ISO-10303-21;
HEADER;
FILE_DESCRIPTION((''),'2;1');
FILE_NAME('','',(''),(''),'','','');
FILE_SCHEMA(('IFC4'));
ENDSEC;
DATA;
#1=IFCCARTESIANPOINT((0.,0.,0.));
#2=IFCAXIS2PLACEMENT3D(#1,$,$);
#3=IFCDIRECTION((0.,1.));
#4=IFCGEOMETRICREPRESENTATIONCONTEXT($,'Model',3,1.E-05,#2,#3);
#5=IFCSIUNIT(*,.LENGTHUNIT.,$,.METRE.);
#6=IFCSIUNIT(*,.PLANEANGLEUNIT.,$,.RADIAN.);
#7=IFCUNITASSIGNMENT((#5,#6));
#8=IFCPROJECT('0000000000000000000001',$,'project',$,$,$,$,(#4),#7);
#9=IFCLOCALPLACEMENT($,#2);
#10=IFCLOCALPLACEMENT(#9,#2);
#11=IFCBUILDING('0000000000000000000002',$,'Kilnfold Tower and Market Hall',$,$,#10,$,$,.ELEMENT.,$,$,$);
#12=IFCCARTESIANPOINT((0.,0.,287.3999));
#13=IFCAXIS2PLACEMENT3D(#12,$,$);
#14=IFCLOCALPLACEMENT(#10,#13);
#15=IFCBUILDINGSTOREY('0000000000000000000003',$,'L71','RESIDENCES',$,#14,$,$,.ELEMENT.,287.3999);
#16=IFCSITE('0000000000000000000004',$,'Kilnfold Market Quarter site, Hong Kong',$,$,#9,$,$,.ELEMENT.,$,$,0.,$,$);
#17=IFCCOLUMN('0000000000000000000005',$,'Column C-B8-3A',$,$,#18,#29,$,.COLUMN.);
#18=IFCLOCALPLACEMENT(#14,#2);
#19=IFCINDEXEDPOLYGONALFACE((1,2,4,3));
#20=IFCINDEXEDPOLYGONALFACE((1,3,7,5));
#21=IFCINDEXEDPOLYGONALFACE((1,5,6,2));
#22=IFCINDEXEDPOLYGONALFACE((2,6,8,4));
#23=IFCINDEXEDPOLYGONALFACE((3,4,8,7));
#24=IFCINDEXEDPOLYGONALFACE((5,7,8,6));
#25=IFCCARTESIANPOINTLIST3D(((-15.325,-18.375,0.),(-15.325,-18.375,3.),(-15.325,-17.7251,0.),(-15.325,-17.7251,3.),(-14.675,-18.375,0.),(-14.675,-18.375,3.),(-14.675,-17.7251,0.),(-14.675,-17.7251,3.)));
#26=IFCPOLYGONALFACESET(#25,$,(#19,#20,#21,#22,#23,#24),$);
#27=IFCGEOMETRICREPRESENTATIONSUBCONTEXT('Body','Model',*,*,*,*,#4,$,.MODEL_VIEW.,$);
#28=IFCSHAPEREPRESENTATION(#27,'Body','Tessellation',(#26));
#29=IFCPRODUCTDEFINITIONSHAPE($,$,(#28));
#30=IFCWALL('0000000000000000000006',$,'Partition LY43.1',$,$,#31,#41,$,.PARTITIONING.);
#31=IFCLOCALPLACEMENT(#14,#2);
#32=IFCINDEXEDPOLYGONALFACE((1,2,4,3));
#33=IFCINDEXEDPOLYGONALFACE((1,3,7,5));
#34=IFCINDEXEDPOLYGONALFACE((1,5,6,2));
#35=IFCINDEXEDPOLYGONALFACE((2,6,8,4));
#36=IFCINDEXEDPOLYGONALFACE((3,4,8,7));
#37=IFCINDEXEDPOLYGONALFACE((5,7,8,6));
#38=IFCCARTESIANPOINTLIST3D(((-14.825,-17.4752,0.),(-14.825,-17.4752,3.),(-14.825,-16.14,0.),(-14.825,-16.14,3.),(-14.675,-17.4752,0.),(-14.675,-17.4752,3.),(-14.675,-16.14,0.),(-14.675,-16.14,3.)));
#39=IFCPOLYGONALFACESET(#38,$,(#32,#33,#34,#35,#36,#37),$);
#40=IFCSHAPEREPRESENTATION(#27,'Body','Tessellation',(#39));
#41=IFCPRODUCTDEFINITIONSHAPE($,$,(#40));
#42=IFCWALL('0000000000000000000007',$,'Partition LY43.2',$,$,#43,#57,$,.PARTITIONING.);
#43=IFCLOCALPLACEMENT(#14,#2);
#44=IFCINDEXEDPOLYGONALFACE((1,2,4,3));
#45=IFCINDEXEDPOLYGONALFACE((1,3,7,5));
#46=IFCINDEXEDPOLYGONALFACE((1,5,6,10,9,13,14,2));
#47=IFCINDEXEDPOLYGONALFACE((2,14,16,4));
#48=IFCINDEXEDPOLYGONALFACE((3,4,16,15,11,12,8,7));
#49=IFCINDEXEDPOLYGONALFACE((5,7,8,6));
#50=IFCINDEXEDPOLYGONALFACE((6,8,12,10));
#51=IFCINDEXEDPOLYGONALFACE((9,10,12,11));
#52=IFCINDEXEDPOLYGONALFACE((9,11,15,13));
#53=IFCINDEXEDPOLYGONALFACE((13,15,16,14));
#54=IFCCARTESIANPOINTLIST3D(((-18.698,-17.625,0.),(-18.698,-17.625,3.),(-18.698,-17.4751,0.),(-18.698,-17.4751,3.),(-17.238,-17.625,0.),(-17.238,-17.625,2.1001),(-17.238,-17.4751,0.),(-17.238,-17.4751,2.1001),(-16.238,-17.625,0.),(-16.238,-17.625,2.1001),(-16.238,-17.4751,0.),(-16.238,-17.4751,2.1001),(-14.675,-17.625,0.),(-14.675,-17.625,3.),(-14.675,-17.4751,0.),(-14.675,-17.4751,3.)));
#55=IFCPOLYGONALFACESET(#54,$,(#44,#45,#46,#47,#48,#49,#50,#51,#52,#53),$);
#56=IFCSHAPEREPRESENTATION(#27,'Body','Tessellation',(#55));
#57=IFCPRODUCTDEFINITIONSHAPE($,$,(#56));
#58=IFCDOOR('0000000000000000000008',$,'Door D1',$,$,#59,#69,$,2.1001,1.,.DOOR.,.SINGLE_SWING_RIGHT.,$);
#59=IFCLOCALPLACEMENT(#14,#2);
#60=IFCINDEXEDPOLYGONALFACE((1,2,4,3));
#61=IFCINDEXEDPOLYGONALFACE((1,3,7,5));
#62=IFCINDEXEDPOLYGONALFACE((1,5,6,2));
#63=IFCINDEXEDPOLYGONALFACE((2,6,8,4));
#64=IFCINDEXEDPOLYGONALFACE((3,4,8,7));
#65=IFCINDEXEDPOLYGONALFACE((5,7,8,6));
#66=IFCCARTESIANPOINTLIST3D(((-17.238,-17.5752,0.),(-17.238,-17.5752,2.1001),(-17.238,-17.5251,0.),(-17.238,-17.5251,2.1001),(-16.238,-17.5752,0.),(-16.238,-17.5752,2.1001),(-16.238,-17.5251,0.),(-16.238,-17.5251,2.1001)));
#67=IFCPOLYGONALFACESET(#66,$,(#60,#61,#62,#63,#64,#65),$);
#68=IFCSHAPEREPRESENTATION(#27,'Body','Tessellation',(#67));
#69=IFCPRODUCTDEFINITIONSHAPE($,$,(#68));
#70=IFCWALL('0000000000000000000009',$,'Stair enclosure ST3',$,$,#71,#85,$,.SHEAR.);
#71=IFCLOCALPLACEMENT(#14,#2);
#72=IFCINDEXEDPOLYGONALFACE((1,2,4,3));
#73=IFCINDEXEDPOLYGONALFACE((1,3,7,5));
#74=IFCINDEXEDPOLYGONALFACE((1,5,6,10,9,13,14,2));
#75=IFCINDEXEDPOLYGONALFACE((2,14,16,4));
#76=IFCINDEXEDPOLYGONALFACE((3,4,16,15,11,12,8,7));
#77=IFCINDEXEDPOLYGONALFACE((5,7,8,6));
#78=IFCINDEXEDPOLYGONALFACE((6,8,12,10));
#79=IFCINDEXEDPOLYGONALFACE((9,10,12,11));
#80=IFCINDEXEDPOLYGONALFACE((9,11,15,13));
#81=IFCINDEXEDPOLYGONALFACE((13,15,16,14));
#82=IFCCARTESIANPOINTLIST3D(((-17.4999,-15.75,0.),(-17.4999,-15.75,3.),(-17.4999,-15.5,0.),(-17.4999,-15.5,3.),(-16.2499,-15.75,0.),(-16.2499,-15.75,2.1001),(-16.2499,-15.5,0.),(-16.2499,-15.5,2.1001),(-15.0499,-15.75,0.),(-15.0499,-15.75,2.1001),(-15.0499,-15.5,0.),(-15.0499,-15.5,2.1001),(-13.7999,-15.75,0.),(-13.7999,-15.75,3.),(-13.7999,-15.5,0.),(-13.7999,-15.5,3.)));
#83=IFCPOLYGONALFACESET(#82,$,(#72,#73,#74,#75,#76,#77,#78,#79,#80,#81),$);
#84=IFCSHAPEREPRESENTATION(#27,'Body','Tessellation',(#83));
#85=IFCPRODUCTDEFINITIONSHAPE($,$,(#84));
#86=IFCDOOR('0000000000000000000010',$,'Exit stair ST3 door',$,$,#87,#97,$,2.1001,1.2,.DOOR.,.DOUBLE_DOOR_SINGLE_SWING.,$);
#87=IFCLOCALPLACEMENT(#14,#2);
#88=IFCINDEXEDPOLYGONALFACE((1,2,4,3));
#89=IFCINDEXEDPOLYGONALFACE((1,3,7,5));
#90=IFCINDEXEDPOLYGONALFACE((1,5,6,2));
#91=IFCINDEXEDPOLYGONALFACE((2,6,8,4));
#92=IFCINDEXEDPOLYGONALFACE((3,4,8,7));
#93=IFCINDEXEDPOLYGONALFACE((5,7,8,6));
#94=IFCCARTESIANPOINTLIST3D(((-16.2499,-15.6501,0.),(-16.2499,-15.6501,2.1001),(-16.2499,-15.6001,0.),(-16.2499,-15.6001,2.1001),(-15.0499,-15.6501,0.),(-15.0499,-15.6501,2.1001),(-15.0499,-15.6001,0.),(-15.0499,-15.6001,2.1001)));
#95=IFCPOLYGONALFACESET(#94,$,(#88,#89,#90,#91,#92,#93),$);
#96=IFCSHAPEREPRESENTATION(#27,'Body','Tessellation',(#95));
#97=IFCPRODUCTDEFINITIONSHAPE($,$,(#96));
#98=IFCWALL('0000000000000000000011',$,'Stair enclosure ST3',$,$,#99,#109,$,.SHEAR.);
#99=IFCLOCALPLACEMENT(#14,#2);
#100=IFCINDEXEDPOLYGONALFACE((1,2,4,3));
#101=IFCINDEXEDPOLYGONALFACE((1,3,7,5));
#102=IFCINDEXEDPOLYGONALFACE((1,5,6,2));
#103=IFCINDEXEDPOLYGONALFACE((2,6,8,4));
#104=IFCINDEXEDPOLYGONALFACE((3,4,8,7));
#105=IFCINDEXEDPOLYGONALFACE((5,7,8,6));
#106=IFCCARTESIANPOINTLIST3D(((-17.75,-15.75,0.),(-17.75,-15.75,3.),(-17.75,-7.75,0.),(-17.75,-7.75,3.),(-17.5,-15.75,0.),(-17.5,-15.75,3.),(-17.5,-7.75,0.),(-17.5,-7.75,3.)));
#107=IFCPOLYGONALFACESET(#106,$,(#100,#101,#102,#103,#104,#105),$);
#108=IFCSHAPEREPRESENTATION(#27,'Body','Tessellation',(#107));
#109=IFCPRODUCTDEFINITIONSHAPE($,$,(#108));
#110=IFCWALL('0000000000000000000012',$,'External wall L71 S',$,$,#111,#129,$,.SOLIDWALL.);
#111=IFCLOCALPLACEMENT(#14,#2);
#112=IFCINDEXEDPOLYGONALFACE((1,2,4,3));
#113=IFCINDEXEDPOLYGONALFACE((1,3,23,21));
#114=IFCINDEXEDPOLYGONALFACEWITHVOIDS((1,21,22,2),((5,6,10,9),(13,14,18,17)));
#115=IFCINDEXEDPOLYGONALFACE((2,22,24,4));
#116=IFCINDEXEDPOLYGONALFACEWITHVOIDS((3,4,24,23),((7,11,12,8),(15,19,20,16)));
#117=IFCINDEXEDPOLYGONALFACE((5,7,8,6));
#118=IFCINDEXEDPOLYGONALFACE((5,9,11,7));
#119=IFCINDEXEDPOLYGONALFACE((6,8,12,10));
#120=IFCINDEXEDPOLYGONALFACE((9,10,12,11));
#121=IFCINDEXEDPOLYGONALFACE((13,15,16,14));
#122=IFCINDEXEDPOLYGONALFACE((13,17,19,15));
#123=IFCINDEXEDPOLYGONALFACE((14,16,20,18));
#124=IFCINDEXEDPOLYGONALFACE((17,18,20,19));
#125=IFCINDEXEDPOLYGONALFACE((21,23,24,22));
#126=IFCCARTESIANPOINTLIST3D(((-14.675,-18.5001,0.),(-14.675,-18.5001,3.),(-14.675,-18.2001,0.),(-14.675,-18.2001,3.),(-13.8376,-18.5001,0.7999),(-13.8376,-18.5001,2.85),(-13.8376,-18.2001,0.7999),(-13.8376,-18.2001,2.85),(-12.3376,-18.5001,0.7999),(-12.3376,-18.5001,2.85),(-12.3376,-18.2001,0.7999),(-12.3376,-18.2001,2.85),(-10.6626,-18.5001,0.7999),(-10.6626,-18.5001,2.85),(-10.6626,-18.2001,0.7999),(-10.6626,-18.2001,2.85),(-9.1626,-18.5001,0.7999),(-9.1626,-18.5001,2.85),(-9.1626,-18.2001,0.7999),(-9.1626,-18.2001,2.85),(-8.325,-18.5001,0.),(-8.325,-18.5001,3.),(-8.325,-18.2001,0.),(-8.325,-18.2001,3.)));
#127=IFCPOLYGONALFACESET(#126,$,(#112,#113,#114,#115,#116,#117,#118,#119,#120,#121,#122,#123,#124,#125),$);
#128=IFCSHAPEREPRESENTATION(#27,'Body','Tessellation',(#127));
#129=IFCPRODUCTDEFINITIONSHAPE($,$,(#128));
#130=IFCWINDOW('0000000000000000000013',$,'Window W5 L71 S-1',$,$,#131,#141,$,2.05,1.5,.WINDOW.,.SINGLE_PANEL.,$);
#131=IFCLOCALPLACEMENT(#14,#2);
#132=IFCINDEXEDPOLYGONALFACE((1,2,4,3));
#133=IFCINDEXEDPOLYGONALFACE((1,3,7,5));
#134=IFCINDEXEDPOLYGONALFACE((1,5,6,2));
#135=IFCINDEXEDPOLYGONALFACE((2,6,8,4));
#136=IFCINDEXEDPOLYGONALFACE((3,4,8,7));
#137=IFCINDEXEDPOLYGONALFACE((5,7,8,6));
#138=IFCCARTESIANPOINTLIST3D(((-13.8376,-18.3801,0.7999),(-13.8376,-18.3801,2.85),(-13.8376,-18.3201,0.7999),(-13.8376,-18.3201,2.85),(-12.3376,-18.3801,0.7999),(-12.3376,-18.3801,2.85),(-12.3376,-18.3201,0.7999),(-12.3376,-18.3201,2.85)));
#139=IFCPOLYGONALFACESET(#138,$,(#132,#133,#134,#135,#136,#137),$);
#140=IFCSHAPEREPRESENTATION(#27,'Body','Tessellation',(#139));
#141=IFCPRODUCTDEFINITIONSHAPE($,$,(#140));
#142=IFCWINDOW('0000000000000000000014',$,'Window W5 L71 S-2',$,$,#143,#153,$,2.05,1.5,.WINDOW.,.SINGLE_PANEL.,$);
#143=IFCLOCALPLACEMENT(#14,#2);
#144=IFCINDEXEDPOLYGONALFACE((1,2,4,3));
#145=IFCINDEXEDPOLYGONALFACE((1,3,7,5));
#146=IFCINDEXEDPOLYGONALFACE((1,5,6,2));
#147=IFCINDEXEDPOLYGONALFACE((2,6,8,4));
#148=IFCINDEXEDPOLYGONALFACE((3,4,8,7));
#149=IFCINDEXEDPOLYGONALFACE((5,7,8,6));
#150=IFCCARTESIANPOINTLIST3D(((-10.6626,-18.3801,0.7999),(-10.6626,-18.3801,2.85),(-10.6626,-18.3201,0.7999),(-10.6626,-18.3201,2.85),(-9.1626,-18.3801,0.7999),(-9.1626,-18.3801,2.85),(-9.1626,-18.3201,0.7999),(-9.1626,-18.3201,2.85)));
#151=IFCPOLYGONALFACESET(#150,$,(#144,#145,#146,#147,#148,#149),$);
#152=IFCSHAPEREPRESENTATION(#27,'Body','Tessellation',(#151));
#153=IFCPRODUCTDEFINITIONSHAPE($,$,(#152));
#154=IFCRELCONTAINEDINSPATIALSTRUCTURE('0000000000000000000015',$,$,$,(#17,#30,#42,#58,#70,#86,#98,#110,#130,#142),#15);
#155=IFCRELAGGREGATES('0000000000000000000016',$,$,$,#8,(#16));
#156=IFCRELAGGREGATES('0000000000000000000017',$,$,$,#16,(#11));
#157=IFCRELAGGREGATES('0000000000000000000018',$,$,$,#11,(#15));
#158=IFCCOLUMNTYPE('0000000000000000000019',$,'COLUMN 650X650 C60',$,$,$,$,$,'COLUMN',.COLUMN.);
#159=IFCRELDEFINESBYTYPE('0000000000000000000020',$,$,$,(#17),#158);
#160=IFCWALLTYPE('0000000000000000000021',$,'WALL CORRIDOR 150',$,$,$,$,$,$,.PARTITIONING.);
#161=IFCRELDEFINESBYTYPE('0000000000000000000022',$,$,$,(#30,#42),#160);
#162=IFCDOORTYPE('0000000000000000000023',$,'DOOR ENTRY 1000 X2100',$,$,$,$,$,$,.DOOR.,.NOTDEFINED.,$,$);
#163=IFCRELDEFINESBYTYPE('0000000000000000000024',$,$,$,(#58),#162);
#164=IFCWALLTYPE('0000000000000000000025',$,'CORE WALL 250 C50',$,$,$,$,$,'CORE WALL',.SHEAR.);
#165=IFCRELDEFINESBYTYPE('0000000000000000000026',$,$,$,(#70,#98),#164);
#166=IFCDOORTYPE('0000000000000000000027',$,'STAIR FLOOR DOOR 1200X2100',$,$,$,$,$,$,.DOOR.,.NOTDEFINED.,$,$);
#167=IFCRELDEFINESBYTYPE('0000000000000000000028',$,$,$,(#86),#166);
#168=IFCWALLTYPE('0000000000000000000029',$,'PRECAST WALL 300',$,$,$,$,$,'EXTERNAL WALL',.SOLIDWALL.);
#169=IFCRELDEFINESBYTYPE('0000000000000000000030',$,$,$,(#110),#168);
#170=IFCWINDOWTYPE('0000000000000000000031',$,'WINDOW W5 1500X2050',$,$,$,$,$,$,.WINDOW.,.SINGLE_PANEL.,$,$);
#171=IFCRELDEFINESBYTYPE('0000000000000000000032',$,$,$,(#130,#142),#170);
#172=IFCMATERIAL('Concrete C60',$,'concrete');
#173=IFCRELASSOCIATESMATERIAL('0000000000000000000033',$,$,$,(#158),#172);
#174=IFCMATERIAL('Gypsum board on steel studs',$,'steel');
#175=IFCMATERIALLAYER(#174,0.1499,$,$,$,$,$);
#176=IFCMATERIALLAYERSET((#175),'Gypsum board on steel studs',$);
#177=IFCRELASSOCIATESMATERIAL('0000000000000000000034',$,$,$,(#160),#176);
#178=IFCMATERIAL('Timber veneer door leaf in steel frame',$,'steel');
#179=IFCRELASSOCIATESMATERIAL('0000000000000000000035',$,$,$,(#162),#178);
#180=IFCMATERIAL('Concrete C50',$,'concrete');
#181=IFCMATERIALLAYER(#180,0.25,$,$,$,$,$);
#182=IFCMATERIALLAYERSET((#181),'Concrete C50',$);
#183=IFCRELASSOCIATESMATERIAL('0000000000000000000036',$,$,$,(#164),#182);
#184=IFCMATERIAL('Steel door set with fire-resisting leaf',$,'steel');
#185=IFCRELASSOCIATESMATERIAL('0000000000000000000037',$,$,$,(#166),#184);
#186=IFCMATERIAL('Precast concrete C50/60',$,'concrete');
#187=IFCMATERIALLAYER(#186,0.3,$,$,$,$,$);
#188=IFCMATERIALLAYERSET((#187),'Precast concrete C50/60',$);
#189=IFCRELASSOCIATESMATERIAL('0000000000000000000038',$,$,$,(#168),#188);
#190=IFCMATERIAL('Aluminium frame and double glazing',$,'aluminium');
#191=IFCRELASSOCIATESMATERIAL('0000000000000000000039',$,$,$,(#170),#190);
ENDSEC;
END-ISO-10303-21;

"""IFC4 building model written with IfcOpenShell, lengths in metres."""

from ifc_helpers import new_model, si_unit, direction, frame, frame_2d, origin, origin_2d, place, context, subcontext, project, spatial, rectangle, extrude, source, transform, mapped, material, layer, layer_set, material_profile, profile_set, type_object, element, fill, save


model = new_model("IFC4")

# Units and contexts
model_context = context("Model", 3, precision=1e-05, world=origin(), true_north=direction((0.0, 1.0)))
body_context = subcontext(model_context, "Body", "Model", "MODEL_VIEW")
ifc_project = project(units=[si_unit("LENGTHUNIT", "METRE"), si_unit("PLANEANGLEUNIT", "RADIAN")], contexts=[model_context])

# Site, building, storey
site_placement = place(None, origin())
site = spatial("IfcSite", under=ifc_project, at=site_placement, Name="Kilnfold Market Quarter site, Hong Kong", CompositionType="ELEMENT", RefElevation=0.0)
building_placement = place(site_placement, origin())
building = spatial("IfcBuilding", under=site, at=building_placement, Name="Kilnfold Tower and Market Hall", CompositionType="ELEMENT")
storey_placement = place(building_placement, frame((0.0, 0.0, 287.3999)))
storey = spatial("IfcBuildingStorey", under=building, at=storey_placement, Name="L71", Description="RESIDENCES", CompositionType="ELEMENT", Elevation=287.3999)

# Column
ifc_material_1 = material(Name="Concrete C60", Category="concrete")
ifc_material_profile = material_profile(ifc_material_1, rectangle(XDim=0.6499, YDim=0.6499, at=origin_2d()), Name="RC 650x650")
ifc_profile_set = profile_set([ifc_material_profile], Name="Concrete C60")
column_type = type_object("IfcColumnType", Name="COLUMN 650X650 C60", ElementType="COLUMN", PredefinedType="COLUMN", material=ifc_profile_set)
shared_shape_1 = source(origin(), body_context, "Body", "SweptSolid", [
    extrude(rectangle(XDim=0.6499, YDim=0.6499, at=origin_2d()), origin(), (0.0, 0.0, 1.0), 3.0),
])
column_placement = place(storey_placement, frame((-15.0, -18.05, 0.0), z_axis=(0.0, 0.0, 1.0), x_axis=(1.0, 0.0, 0.0)))
element("IfcColumn", 1, at=column_placement, inside=storey, type_object=column_type, Name="Column C-B8-3A", PredefinedType="COLUMN", context=body_context, shape_type="MappedRepresentation", body=[
    mapped(shared_shape_1, transform((0.0, 0.0, 0.0))),
])

# Wall
ifc_material_2 = material(Name="Gypsum board on steel studs", Category="steel")
ifc_layer_1 = layer(ifc_material_2, 0.1499)
ifc_layer_set_1 = layer_set([ifc_layer_1], Name="Gypsum board on steel studs")
wall_type_1 = type_object("IfcWallType", Name="WALL CORRIDOR 150", PredefinedType="PARTITIONING", material=ifc_layer_set_1)
wall_1_placement = place(storey_placement, frame((-14.75, -17.4751, 0.0), z_axis=(0.0, 0.0, 1.0), x_axis=(0.0, 1.0, 0.0)))
element("IfcWall", 2, at=wall_1_placement, inside=storey, type_object=wall_type_1, Name="Partition LY43.1", PredefinedType="PARTITIONING", context=body_context, shape_type="SweptSolid", body=[
    extrude(rectangle(XDim=1.3352, YDim=0.1499, at=frame_2d((0.6675, 0.0))), origin(), (0.0, 0.0, 1.0), 3.0),
])

# Walls, openings, doors
wall_2_placement = place(storey_placement, frame((-18.698, -17.55, 0.0), z_axis=(0.0, 0.0, 1.0), x_axis=(1.0, 0.0, 0.0)))
wall_2 = element("IfcWall", 3, at=wall_2_placement, inside=storey, type_object=wall_type_1, Name="Partition LY43.2", PredefinedType="PARTITIONING", context=body_context, shape_type="SweptSolid", body=[
    extrude(rectangle(XDim=4.0229, YDim=0.1499, at=frame_2d((2.0115, 0.0))), origin(), (0.0, 0.0, 1.0), 3.0),
])
opening_1_placement = place(wall_2_placement, frame((1.46, 0.0, 0.0)))
opening_1 = element("IfcOpeningElement", 4, at=opening_1_placement, cuts=wall_2, PredefinedType="OPENING", context=body_context, shape_type="SweptSolid", body=[
    extrude(rectangle(XDim=1.0, YDim=2.1001, at=frame_2d((0.5, 1.05))), frame((0.0, 0.085, 0.0), z_axis=(0.0, -1.0, 0.0), x_axis=(1.0, 0.0, 0.0)), (0.0, 0.0, 1.0), 0.1699),
])
ifc_material_3 = material(Name="Timber veneer door leaf in steel frame", Category="steel")
door_type_1 = type_object("IfcDoorType", Name="DOOR ENTRY 1000 X2100", OperationType="NOTDEFINED", PredefinedType="DOOR", material=ifc_material_3)
door_1_placement = place(opening_1_placement, origin())
door_1 = element("IfcDoor", 5, at=door_1_placement, inside=storey, type_object=door_type_1, Name="Door D1", OperationType="SINGLE_SWING_RIGHT", OverallHeight=2.1001, OverallWidth=1.0, PredefinedType="DOOR", context=body_context, shape_type="SweptSolid", body=[
    extrude(rectangle(XDim=1.0, YDim=2.1001, at=frame_2d((0.5, 1.05))), frame((0.0, 0.0249, 0.0), z_axis=(0.0, -1.0, 0.0), x_axis=(1.0, 0.0, 0.0)), (0.0, 0.0, 1.0), 0.05),
])
fill(opening_1, door_1)
ifc_material_4 = material(Name="Concrete C50", Category="concrete")
ifc_layer_2 = layer(ifc_material_4, 0.25)
ifc_layer_set_2 = layer_set([ifc_layer_2], Name="Concrete C50")
wall_type_2 = type_object("IfcWallType", Name="CORE WALL 250 C50", ElementType="CORE WALL", PredefinedType="SHEAR", material=ifc_layer_set_2)
shared_shape_2 = source(origin(), body_context, "Body", "SweptSolid", [
    extrude(rectangle(XDim=3.7, YDim=0.25, at=frame_2d((1.8501, 0.0))), origin(), (0.0, 0.0, 1.0), 3.0),
])
wall_3_placement = place(storey_placement, frame((-17.5, -15.625, 0.0), z_axis=(0.0, 0.0, 1.0), x_axis=(1.0, 0.0, 0.0)))
wall_3 = element("IfcWall", 6, at=wall_3_placement, inside=storey, type_object=wall_type_2, Name="Stair enclosure ST3", PredefinedType="SHEAR", context=body_context, shape_type="MappedRepresentation", body=[
    mapped(shared_shape_2, transform((0.0, 0.0, 0.0))),
])
opening_2_placement = place(wall_3_placement, frame((1.25, 0.0, 0.0)))
opening_2 = element("IfcOpeningElement", 7, at=opening_2_placement, cuts=wall_3, PredefinedType="OPENING", context=body_context, shape_type="SweptSolid", body=[
    extrude(rectangle(XDim=1.2, YDim=2.1001, at=frame_2d((0.6001, 1.05))), frame((0.0, 0.135, 0.0), z_axis=(0.0, -1.0, 0.0), x_axis=(1.0, 0.0, 0.0)), (0.0, 0.0, 1.0), 0.27),
])
ifc_material_5 = material(Name="Steel door set with fire-resisting leaf", Category="steel")
door_type_2 = type_object("IfcDoorType", Name="STAIR FLOOR DOOR 1200X2100", OperationType="NOTDEFINED", PredefinedType="DOOR", material=ifc_material_5)
door_2_placement = place(opening_2_placement, origin())
door_2 = element("IfcDoor", 8, at=door_2_placement, inside=storey, type_object=door_type_2, Name="Exit stair ST3 door", OperationType="DOUBLE_DOOR_SINGLE_SWING", OverallHeight=2.1001, OverallWidth=1.2, PredefinedType="DOOR", context=body_context, shape_type="SweptSolid", body=[
    extrude(rectangle(XDim=1.2, YDim=2.1001, at=frame_2d((0.6001, 1.05))), frame((0.0, 0.0249, 0.0), z_axis=(0.0, -1.0, 0.0), x_axis=(1.0, 0.0, 0.0)), (0.0, 0.0, 1.0), 0.05),
])
fill(opening_2, door_2)

# Wall
shared_shape_3 = source(origin(), body_context, "Body", "SweptSolid", [
    extrude(rectangle(XDim=8.0, YDim=0.25, at=frame_2d((4.0, 0.0))), origin(), (0.0, 0.0, 1.0), 3.0),
])
wall_4_placement = place(storey_placement, frame((-17.625, -15.75, 0.0), z_axis=(0.0, 0.0, 1.0), x_axis=(0.0, 1.0, 0.0)))
element("IfcWall", 9, at=wall_4_placement, inside=storey, type_object=wall_type_2, Name="Stair enclosure ST3", PredefinedType="SHEAR", context=body_context, shape_type="MappedRepresentation", body=[
    mapped(shared_shape_3, transform((0.0, 0.0, 0.0))),
])

# Wall, openings, windows
ifc_material_6 = material(Name="Precast concrete C50/60", Category="concrete")
ifc_layer_3 = layer(ifc_material_6, 0.3)
ifc_layer_set_3 = layer_set([ifc_layer_3], Name="Precast concrete C50/60")
wall_type_3 = type_object("IfcWallType", Name="PRECAST WALL 300", ElementType="EXTERNAL WALL", PredefinedType="SOLIDWALL", material=ifc_layer_set_3)
shared_shape_4 = source(origin(), body_context, "Body", "SweptSolid", [
    extrude(rectangle(XDim=6.3501, YDim=0.3, at=frame_2d((3.175, 0.0))), origin(), (0.0, 0.0, 1.0), 3.0),
])
wall_5_placement = place(storey_placement, frame((-14.675, -18.3501, 0.0), z_axis=(0.0, 0.0, 1.0), x_axis=(1.0, 0.0, 0.0)))
wall_5 = element("IfcWall", 10, at=wall_5_placement, inside=storey, type_object=wall_type_3, Name="External wall L71 S", PredefinedType="SOLIDWALL", context=body_context, shape_type="MappedRepresentation", body=[
    mapped(shared_shape_4, transform((0.0, 0.0, 0.0))),
])
opening_3_placement = place(wall_5_placement, frame((0.8374, 0.0, 0.8)))
opening_3 = element("IfcOpeningElement", 11, at=opening_3_placement, cuts=wall_5, PredefinedType="OPENING", context=body_context, shape_type="SweptSolid", body=[
    extrude(rectangle(XDim=1.5, YDim=2.05, at=frame_2d((0.75, 1.0249))), frame((0.0, 0.1602, 0.0), z_axis=(0.0, -1.0, 0.0), x_axis=(1.0, 0.0, 0.0)), (0.0, 0.0, 1.0), 0.3201),
])
opening_4_placement = place(wall_5_placement, frame((4.0125, 0.0, 0.8)))
opening_4 = element("IfcOpeningElement", 12, at=opening_4_placement, cuts=wall_5, PredefinedType="OPENING", context=body_context, shape_type="SweptSolid", body=[
    extrude(rectangle(XDim=1.5, YDim=2.05, at=frame_2d((0.75, 1.0249))), frame((0.0, 0.1602, 0.0), z_axis=(0.0, -1.0, 0.0), x_axis=(1.0, 0.0, 0.0)), (0.0, 0.0, 1.0), 0.3201),
])
ifc_material_7 = material(Name="Aluminium frame and double glazing", Category="aluminium")
window_type = type_object("IfcWindowType", Name="WINDOW W5 1500X2050", PartitioningType="SINGLE_PANEL", PredefinedType="WINDOW", material=ifc_material_7)
window_1_placement = place(opening_3_placement, origin())
window_1 = element("IfcWindow", 13, at=window_1_placement, inside=storey, type_object=window_type, Name="Window W5 L71 S-1", OverallHeight=2.05, OverallWidth=1.5, PartitioningType="SINGLE_PANEL", PredefinedType="WINDOW", context=body_context, shape_type="SweptSolid", body=[
    extrude(rectangle(XDim=1.5, YDim=2.05, at=frame_2d((0.75, 1.0249))), frame((0.0, 0.03, 0.0), z_axis=(0.0, -1.0, 0.0), x_axis=(1.0, 0.0, 0.0)), (0.0, 0.0, 1.0), 0.0601),
])
fill(opening_3, window_1)
window_2_placement = place(opening_4_placement, origin())
window_2 = element("IfcWindow", 14, at=window_2_placement, inside=storey, type_object=window_type, Name="Window W5 L71 S-2", OverallHeight=2.05, OverallWidth=1.5, PartitioningType="SINGLE_PANEL", PredefinedType="WINDOW", context=body_context, shape_type="SweptSolid", body=[
    extrude(rectangle(XDim=1.5, YDim=2.05, at=frame_2d((0.75, 1.0249))), frame((0.0, 0.03, 0.0), z_axis=(0.0, -1.0, 0.0), x_axis=(1.0, 0.0, 0.0)), (0.0, 0.0, 1.0), 0.0601),
])
fill(opening_4, window_2)

save(model, "model.ifc")
